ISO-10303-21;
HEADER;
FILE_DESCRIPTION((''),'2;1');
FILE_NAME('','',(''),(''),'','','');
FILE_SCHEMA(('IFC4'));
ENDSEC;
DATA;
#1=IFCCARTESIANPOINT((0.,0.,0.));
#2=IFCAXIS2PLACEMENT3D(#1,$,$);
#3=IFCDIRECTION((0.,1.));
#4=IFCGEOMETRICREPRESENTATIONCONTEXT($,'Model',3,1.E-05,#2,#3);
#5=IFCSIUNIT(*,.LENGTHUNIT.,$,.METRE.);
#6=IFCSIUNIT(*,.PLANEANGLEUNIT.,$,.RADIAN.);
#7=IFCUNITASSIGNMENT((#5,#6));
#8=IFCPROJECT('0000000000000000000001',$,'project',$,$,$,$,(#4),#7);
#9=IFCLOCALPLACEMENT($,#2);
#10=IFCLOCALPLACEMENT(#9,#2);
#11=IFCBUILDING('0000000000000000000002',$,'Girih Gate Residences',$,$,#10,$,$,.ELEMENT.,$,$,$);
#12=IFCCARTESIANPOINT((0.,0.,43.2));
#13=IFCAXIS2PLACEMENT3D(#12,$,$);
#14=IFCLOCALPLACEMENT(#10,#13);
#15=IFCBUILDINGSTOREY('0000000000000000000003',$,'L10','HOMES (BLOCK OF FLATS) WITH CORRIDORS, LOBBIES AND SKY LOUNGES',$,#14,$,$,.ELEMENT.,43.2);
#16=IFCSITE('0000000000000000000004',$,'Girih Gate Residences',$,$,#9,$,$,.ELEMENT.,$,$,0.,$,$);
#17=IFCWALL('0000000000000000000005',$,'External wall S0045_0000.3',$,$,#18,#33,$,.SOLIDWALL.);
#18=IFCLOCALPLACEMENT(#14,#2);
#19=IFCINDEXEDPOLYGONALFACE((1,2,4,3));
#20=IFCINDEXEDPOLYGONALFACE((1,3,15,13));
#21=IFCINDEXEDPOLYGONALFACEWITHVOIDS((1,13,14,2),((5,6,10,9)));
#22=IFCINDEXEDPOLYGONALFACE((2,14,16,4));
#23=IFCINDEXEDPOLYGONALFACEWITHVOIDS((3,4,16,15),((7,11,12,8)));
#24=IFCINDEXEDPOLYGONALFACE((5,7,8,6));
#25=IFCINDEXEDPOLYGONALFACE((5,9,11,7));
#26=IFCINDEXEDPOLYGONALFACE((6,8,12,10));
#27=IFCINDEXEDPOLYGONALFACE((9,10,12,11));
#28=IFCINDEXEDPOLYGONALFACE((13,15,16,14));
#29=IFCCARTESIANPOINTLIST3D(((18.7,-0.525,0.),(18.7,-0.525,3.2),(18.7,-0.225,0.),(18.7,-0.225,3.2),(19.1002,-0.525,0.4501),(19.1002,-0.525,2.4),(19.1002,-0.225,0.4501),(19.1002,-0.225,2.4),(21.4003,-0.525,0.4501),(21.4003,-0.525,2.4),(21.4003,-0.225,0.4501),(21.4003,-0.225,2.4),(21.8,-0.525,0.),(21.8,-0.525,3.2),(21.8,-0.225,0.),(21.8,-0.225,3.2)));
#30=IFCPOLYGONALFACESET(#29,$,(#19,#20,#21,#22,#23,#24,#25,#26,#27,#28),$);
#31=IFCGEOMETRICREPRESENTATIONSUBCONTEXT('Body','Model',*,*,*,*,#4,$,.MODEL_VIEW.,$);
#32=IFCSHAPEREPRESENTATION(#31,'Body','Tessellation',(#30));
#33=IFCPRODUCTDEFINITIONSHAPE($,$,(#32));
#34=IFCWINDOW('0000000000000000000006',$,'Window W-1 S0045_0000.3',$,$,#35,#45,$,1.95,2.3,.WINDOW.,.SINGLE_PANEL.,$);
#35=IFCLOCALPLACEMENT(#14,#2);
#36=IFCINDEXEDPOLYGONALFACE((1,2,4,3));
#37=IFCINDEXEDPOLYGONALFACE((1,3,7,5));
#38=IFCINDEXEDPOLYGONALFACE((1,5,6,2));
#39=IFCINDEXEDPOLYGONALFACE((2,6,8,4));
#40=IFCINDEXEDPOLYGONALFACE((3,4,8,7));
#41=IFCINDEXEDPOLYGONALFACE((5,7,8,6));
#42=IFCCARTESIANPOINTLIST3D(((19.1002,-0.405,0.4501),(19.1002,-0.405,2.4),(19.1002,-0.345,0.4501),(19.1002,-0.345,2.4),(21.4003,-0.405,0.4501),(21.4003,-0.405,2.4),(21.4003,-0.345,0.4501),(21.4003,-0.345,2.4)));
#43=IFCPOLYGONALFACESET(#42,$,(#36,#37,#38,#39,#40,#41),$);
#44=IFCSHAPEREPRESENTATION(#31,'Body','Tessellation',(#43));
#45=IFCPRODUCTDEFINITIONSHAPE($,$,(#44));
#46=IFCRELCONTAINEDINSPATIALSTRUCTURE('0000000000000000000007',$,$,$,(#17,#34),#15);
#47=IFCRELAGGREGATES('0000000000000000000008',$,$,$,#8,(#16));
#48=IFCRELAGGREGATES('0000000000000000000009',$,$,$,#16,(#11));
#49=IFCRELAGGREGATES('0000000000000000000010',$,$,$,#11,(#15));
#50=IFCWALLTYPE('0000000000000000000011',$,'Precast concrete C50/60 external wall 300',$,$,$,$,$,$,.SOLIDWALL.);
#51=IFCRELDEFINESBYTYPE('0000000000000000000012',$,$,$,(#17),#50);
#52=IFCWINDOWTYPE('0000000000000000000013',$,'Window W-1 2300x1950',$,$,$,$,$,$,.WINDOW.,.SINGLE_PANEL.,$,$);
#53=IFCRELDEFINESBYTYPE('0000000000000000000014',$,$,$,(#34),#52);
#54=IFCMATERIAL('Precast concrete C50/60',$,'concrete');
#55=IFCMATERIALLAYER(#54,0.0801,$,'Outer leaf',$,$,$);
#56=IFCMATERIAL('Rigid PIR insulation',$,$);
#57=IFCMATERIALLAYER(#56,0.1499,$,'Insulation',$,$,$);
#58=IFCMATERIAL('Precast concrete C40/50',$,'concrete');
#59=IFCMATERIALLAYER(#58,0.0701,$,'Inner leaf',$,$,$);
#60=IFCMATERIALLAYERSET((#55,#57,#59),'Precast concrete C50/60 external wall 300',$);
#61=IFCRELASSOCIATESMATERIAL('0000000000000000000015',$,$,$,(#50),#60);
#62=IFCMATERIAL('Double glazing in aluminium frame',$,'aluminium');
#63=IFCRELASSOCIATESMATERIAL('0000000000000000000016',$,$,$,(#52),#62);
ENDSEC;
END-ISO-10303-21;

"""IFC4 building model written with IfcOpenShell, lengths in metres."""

from ifc_helpers import new_model, si_unit, direction, frame, frame_2d, origin, place, context, subcontext, project, spatial, rectangle, extrude, material, layer, layer_set, type_object, element, fill, save


model = new_model("IFC4")

# Units and contexts
model_context = context("Model", 3, precision=1e-05, world=origin(), true_north=direction((0.0, 1.0)))
body_context = subcontext(model_context, "Body", "Model", "MODEL_VIEW")
ifc_project = project(units=[si_unit("LENGTHUNIT", "METRE"), si_unit("PLANEANGLEUNIT", "RADIAN")], contexts=[model_context])

# Site, building, storey
site_placement = place(None, origin())
site = spatial("IfcSite", under=ifc_project, at=site_placement, Name="Girih Gate Residences", CompositionType="ELEMENT", RefElevation=0.0)
building_placement = place(site_placement, origin())
building = spatial("IfcBuilding", under=site, at=building_placement, Name="Girih Gate Residences", CompositionType="ELEMENT")
storey_placement = place(building_placement, frame((0.0, 0.0, 43.2)))
storey = spatial("IfcBuildingStorey", under=building, at=storey_placement, Name="L10", Description="HOMES (BLOCK OF FLATS) WITH CORRIDORS, LOBBIES AND SKY LOUNGES", CompositionType="ELEMENT", Elevation=43.2)

# Wall, opening, window
ifc_material_1 = material(Name="Precast concrete C50/60", Category="concrete")
ifc_layer_1 = layer(ifc_material_1, 0.0801, Name="Outer leaf")
ifc_material_2 = material(Name="Rigid PIR insulation")
ifc_layer_2 = layer(ifc_material_2, 0.1499, Name="Insulation")
ifc_material_3 = material(Name="Precast concrete C40/50", Category="concrete")
ifc_layer_3 = layer(ifc_material_3, 0.0701, Name="Inner leaf")
ifc_layer_set_1 = layer_set([ifc_layer_1, ifc_layer_2, ifc_layer_3], Name="Precast concrete C50/60 external wall 300")
wall_type_1 = type_object("IfcWallType", Name="Precast concrete C50/60 external wall 300", PredefinedType="SOLIDWALL", material=ifc_layer_set_1)
ifc_material_4 = material(Name="Double glazing in aluminium frame", Category="aluminium")
window_type = type_object("IfcWindowType", Name="Window W-1 2300x1950", PartitioningType="SINGLE_PANEL", PredefinedType="WINDOW", material=ifc_material_4)
wall_1_placement = place(storey_placement, frame((21.8, -0.375, 0.0), z_axis=(0.0, 0.0, 1.0), x_axis=(-1.0, 0.0, 0.0)))
wall_1 = element("IfcWall", 1, at=wall_1_placement, inside=storey, type_object=wall_type_1, Name="External wall S0045_0000.3", PredefinedType="SOLIDWALL", context=body_context, shape_type="SweptSolid", body=[
    extrude(rectangle(XDim=3.1001, YDim=0.3, at=frame_2d((1.55, 0.0))), origin(), (0.0, 0.0, 1.0), 3.2),
])
opening_1_placement = place(wall_1_placement, frame((0.3999, 0.0, 0.45)))
opening_1 = element("IfcOpeningElement", 2, at=opening_1_placement, cuts=wall_1, PredefinedType="OPENING", context=body_context, shape_type="SweptSolid", body=[
    extrude(rectangle(XDim=2.3, YDim=1.95, at=frame_2d((1.1499, 0.9751))), frame((0.0, 0.1599, 0.0), z_axis=(0.0, -1.0, 0.0), x_axis=(1.0, 0.0, 0.0)), (0.0, 0.0, 1.0), 0.3201),
])
window_1_placement = place(opening_1_placement, origin())
window_1 = element("IfcWindow", 3, at=window_1_placement, inside=storey, type_object=window_type, Name="Window W-1 S0045_0000.3", OverallHeight=1.95, OverallWidth=2.3, PartitioningType="SINGLE_PANEL", PredefinedType="WINDOW", context=body_context, shape_type="SweptSolid", body=[
    extrude(rectangle(XDim=2.3, YDim=1.95, at=frame_2d((1.1499, 0.9751))), frame((0.0, 0.03, 0.0), z_axis=(0.0, -1.0, 0.0), x_axis=(1.0, 0.0, 0.0)), (0.0, 0.0, 1.0), 0.0601),
])
fill(opening_1, window_1)

save(model, "model.ifc")
